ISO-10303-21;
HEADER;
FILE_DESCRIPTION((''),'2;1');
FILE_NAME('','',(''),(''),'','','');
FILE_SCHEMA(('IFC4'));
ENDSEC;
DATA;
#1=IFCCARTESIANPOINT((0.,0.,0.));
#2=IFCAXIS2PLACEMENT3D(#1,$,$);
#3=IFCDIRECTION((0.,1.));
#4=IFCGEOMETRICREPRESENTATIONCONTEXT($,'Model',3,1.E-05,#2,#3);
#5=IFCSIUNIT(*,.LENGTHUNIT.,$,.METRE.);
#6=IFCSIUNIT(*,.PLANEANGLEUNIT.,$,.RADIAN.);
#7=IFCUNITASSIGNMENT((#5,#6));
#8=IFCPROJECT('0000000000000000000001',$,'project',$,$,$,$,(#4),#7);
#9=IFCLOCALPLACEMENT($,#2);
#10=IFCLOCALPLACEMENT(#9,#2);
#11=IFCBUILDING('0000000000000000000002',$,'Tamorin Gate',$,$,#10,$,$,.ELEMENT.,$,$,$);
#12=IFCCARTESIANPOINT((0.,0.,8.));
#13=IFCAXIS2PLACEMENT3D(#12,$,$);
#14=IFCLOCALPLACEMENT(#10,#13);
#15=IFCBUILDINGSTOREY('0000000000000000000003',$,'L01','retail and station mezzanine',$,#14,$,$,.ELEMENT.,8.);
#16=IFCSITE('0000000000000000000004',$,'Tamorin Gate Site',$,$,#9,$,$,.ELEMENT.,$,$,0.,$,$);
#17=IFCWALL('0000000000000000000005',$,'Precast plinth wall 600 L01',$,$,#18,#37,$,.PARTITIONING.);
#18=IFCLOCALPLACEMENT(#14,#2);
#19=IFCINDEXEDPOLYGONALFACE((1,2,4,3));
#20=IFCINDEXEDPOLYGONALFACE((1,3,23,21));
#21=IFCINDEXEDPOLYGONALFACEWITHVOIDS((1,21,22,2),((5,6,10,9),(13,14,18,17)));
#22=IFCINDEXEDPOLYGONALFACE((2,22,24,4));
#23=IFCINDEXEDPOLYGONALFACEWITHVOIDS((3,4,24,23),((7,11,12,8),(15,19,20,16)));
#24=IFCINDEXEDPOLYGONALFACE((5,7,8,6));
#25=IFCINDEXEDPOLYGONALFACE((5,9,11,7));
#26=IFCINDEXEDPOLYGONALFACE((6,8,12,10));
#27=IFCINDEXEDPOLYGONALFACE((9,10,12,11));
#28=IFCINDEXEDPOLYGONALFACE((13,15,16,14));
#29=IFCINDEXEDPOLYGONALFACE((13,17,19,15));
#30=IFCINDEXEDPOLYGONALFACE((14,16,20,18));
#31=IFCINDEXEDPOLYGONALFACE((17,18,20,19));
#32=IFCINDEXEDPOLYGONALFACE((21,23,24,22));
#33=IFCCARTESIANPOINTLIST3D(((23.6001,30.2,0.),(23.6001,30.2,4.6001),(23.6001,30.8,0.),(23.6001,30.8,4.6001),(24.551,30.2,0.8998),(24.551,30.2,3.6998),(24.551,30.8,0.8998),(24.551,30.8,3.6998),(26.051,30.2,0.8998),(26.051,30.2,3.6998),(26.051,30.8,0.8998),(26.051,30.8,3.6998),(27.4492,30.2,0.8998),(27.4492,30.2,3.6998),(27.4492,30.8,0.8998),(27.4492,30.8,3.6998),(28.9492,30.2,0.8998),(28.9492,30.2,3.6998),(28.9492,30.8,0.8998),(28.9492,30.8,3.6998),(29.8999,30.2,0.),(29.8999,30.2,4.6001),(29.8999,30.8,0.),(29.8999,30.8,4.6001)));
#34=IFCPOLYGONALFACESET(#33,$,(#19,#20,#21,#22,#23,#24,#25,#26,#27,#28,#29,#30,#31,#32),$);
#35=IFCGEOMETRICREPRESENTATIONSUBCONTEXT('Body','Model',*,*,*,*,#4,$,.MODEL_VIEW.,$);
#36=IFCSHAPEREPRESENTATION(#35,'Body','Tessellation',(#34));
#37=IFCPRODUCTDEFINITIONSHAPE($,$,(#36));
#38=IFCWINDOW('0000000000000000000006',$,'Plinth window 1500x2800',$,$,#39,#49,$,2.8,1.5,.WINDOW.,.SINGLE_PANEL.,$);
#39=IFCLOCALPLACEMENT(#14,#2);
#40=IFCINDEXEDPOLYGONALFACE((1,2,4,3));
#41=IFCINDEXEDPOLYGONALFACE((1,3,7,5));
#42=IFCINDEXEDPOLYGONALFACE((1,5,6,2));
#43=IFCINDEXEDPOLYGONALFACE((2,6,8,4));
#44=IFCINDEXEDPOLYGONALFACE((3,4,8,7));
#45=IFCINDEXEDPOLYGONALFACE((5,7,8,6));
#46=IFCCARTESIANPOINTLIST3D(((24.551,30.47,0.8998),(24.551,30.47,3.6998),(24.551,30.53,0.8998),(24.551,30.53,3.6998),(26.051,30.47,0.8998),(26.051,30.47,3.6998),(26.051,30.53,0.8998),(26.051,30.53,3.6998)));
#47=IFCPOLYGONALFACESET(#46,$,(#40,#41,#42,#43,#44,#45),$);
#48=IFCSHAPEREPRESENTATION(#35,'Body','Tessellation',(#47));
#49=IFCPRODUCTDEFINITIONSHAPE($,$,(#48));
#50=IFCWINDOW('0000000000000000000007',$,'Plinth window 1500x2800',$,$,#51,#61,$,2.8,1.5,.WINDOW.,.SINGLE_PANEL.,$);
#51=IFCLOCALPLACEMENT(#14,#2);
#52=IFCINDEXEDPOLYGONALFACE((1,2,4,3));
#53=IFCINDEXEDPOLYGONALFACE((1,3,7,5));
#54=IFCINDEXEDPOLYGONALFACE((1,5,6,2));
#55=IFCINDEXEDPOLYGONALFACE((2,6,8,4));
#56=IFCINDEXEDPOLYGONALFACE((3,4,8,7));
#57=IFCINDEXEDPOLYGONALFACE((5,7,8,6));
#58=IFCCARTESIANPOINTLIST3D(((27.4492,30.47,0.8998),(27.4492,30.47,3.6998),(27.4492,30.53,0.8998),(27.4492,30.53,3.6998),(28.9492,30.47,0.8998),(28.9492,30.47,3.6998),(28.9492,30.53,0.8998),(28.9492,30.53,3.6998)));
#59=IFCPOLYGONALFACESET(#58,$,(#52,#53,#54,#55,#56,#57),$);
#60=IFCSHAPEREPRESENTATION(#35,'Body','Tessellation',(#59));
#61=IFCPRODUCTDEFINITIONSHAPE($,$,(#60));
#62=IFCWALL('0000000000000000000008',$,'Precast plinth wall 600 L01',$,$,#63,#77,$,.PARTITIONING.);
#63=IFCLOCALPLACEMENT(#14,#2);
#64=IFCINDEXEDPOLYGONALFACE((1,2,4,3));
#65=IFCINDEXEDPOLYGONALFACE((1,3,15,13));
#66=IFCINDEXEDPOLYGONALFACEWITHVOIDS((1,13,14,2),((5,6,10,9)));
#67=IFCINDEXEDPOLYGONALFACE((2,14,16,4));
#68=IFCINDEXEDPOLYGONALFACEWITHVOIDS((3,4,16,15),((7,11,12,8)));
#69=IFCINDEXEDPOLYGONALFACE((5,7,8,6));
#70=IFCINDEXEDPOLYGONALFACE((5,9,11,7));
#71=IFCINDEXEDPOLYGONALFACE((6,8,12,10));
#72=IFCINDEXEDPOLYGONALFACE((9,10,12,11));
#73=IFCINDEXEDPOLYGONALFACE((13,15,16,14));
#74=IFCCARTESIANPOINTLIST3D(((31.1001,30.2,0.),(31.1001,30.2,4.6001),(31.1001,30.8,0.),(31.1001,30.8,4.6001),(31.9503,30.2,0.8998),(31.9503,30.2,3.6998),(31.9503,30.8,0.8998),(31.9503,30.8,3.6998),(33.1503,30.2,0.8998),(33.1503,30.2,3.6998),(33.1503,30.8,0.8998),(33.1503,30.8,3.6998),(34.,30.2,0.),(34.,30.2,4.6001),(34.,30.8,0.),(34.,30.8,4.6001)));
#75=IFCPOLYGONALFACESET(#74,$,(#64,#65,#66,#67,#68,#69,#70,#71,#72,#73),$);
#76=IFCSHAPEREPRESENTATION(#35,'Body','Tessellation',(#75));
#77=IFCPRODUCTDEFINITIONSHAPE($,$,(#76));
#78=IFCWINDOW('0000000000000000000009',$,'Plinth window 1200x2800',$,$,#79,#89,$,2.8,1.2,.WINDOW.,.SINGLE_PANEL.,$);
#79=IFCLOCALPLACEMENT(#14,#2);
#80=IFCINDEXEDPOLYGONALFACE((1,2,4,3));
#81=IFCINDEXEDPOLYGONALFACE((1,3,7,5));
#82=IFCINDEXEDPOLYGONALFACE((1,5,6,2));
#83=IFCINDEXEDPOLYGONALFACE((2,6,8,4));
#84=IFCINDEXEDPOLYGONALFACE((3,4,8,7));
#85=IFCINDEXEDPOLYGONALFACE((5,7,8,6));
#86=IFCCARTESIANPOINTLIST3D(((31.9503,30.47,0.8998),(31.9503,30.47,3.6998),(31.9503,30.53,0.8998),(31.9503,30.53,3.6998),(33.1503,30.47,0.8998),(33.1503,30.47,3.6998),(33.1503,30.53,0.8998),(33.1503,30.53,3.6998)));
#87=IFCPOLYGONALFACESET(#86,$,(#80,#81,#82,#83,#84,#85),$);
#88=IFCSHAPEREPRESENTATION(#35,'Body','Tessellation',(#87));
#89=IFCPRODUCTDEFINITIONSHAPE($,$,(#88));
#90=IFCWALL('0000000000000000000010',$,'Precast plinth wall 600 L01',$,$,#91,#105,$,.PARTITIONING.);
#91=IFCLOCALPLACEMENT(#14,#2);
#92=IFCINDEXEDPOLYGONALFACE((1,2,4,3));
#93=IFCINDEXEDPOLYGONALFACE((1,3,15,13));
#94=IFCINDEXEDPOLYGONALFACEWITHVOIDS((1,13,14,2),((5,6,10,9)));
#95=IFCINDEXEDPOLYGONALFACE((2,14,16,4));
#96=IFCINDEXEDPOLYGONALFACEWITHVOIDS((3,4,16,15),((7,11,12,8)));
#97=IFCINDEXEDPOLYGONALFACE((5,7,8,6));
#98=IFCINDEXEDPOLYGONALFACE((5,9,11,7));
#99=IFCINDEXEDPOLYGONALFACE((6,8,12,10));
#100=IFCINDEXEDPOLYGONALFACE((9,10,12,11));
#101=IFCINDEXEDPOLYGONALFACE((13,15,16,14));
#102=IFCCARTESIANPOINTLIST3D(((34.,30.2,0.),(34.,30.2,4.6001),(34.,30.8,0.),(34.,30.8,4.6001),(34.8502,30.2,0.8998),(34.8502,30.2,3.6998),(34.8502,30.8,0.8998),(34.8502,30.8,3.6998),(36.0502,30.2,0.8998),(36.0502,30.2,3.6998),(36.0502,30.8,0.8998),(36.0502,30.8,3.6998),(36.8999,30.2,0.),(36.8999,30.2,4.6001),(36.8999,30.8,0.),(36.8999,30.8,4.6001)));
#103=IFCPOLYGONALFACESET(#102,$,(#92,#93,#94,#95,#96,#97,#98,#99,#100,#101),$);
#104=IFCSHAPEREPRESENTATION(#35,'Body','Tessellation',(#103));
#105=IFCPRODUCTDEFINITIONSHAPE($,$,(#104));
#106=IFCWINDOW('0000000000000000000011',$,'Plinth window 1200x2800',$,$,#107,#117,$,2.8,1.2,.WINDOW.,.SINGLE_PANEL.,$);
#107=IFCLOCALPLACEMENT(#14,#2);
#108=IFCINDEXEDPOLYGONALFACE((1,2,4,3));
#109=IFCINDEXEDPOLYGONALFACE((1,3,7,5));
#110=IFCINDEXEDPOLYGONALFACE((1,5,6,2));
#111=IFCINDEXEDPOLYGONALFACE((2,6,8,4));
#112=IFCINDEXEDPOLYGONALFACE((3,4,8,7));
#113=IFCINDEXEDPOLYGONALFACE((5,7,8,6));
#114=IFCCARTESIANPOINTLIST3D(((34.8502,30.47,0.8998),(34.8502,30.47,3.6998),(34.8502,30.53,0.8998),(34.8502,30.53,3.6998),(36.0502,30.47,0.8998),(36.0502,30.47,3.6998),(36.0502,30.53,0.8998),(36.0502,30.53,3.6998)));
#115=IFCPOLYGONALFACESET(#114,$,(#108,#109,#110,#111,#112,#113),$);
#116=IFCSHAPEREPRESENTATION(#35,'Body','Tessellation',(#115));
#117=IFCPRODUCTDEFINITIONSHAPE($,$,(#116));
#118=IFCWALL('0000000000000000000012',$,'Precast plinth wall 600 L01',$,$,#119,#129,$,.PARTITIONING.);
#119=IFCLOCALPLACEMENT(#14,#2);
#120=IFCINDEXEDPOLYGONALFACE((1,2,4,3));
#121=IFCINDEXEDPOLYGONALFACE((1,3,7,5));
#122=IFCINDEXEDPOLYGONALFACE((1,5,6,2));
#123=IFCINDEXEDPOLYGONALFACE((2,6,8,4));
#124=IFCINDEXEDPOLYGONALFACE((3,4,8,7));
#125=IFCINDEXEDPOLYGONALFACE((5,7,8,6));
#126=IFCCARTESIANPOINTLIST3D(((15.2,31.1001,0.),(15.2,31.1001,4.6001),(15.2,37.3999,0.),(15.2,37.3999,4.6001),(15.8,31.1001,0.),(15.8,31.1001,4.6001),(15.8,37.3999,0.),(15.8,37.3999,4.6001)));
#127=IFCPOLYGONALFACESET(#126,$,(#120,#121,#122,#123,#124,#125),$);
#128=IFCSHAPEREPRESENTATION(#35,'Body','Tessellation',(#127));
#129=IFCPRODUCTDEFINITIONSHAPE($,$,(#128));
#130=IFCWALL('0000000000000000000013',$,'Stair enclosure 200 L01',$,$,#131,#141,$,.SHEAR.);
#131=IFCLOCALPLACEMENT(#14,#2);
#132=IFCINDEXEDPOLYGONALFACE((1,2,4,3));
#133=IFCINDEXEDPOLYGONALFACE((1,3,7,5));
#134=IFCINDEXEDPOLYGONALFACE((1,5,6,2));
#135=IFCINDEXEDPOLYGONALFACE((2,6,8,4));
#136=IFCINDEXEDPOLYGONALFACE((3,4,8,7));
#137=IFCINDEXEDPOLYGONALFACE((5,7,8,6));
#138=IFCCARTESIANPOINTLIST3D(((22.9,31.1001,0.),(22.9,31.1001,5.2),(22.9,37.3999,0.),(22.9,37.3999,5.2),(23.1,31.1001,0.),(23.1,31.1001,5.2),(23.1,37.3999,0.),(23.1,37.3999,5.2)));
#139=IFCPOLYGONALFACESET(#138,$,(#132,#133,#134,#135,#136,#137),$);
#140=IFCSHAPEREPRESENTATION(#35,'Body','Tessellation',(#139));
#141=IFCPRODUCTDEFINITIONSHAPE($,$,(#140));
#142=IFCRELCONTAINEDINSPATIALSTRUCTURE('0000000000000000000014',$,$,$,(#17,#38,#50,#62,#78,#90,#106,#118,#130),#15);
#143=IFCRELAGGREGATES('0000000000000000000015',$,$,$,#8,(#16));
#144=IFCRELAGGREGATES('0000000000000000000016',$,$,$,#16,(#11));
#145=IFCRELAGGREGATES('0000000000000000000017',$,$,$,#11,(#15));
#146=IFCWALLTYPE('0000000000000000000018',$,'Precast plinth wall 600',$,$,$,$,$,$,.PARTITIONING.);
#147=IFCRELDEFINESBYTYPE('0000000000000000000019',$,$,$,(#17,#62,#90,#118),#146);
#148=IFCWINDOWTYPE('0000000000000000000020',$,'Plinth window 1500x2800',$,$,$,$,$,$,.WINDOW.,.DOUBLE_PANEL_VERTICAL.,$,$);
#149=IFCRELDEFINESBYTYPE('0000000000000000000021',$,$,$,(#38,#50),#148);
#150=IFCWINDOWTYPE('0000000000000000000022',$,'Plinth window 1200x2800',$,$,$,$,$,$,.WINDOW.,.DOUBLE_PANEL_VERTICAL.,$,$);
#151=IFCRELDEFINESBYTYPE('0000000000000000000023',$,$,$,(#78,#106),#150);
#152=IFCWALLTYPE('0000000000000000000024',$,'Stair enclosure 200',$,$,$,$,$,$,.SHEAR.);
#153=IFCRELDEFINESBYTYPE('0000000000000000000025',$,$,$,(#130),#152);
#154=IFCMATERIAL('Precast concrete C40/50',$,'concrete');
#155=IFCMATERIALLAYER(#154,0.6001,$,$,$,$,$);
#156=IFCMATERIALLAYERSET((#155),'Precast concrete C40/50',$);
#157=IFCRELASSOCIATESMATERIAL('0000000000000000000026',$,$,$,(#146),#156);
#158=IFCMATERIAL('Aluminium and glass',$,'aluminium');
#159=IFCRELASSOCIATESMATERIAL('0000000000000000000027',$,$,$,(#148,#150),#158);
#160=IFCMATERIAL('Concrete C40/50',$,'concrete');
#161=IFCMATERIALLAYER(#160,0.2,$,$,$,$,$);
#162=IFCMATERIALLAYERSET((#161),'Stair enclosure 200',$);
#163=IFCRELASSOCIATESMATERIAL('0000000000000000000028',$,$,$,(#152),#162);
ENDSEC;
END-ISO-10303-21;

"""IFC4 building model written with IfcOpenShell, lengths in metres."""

from ifc_helpers import new_model, si_unit, direction, frame, frame_2d, origin, place, context, subcontext, project, spatial, rectangle, extrude, material, layer, layer_set, type_object, element, fill, save


model = new_model("IFC4")

# Units and contexts
model_context = context("Model", 3, precision=1e-05, world=origin(), true_north=direction((0.0, 1.0)))
body_context = subcontext(model_context, "Body", "Model", "MODEL_VIEW")
ifc_project = project(units=[si_unit("LENGTHUNIT", "METRE"), si_unit("PLANEANGLEUNIT", "RADIAN")], contexts=[model_context])

# Site, building, storey
site_placement = place(None, origin())
site = spatial("IfcSite", under=ifc_project, at=site_placement, Name="Tamorin Gate Site", CompositionType="ELEMENT", RefElevation=0.0)
building_placement = place(site_placement, origin())
building = spatial("IfcBuilding", under=site, at=building_placement, Name="Tamorin Gate", CompositionType="ELEMENT")
storey_placement = place(building_placement, frame((0.0, 0.0, 8.0)))
storey = spatial("IfcBuildingStorey", under=building, at=storey_placement, Name="L01", Description="retail and station mezzanine", CompositionType="ELEMENT", Elevation=8.0)

# Shared definitions
ifc_material_1 = material(Name="Concrete C40/50", Category="concrete")

# Shared definitions
ifc_material_2 = material(Name="Precast concrete C40/50", Category="concrete")
ifc_layer_1 = layer(ifc_material_2, 0.6001)
ifc_layer_set_1 = layer_set([ifc_layer_1], Name="Precast concrete C40/50")
wall_type_1 = type_object("IfcWallType", Name="Precast plinth wall 600", PredefinedType="PARTITIONING", material=ifc_layer_set_1)

# Wall, openings, windows
wall_1_placement = place(storey_placement, frame((23.6001, 30.5, 0.0), z_axis=(0.0, 0.0, 1.0), x_axis=(1.0, 0.0, 0.0)))
wall_1 = element("IfcWall", 1, at=wall_1_placement, inside=storey, type_object=wall_type_1, Name="Precast plinth wall 600 L01", PredefinedType="PARTITIONING", context=body_context, shape_type="SweptSolid", body=[
    extrude(rectangle(XDim=6.2998, YDim=0.6001, at=frame_2d((3.1499, 0.0))), origin(), (0.0, 0.0, 1.0), 4.6001),
])
opening_1_placement = place(wall_1_placement, frame((0.9509, 0.0, 0.8999)))
opening_1 = element("IfcOpeningElement", 2, at=opening_1_placement, cuts=wall_1, PredefinedType="OPENING", context=body_context, shape_type="SweptSolid", body=[
    extrude(rectangle(XDim=1.5, YDim=2.8, at=frame_2d((0.75, 1.3999))), frame((0.0, 0.3101, 0.0), z_axis=(0.0, -1.0, 0.0), x_axis=(1.0, 0.0, 0.0)), (0.0, 0.0, 1.0), 0.6201),
])
opening_2_placement = place(wall_1_placement, frame((3.8491, 0.0, 0.8999)))
opening_2 = element("IfcOpeningElement", 3, at=opening_2_placement, cuts=wall_1, PredefinedType="OPENING", context=body_context, shape_type="SweptSolid", body=[
    extrude(rectangle(XDim=1.5, YDim=2.8, at=frame_2d((0.75, 1.3999))), frame((0.0, 0.3101, 0.0), z_axis=(0.0, -1.0, 0.0), x_axis=(1.0, 0.0, 0.0)), (0.0, 0.0, 1.0), 0.6201),
])
ifc_material_3 = material(Name="Aluminium and glass", Category="aluminium")
window_type_1 = type_object("IfcWindowType", Name="Plinth window 1500x2800", PartitioningType="DOUBLE_PANEL_VERTICAL", PredefinedType="WINDOW", material=ifc_material_3)
window_1_placement = place(opening_1_placement, origin())
window_1 = element("IfcWindow", 4, at=window_1_placement, inside=storey, type_object=window_type_1, Name="Plinth window 1500x2800", OverallHeight=2.8, OverallWidth=1.5, PartitioningType="SINGLE_PANEL", PredefinedType="WINDOW", context=body_context, shape_type="SweptSolid", body=[
    extrude(rectangle(XDim=1.5, YDim=2.8, at=frame_2d((0.75, 1.3999))), frame((0.0, 0.03, 0.0), z_axis=(0.0, -1.0, 0.0), x_axis=(1.0, 0.0, 0.0)), (0.0, 0.0, 1.0), 0.0601),
])
fill(opening_1, window_1)
window_2_placement = place(opening_2_placement, origin())
window_2 = element("IfcWindow", 5, at=window_2_placement, inside=storey, type_object=window_type_1, Name="Plinth window 1500x2800", OverallHeight=2.8, OverallWidth=1.5, PartitioningType="SINGLE_PANEL", PredefinedType="WINDOW", context=body_context, shape_type="SweptSolid", body=[
    extrude(rectangle(XDim=1.5, YDim=2.8, at=frame_2d((0.75, 1.3999))), frame((0.0, 0.03, 0.0), z_axis=(0.0, -1.0, 0.0), x_axis=(1.0, 0.0, 0.0)), (0.0, 0.0, 1.0), 0.0601),
])
fill(opening_2, window_2)

# Walls, openings, windows
wall_2_placement = place(storey_placement, frame((31.1001, 30.5, 0.0), z_axis=(0.0, 0.0, 1.0), x_axis=(1.0, 0.0, 0.0)))
wall_2 = element("IfcWall", 6, at=wall_2_placement, inside=storey, type_object=wall_type_1, Name="Precast plinth wall 600 L01", PredefinedType="PARTITIONING", context=body_context, shape_type="SweptSolid", body=[
    extrude(rectangle(XDim=2.8999, YDim=0.6001, at=frame_2d((1.45, 0.0))), origin(), (0.0, 0.0, 1.0), 4.6001),
])
opening_3_placement = place(wall_2_placement, frame((0.8501, 0.0, 0.8999)))
opening_3 = element("IfcOpeningElement", 7, at=opening_3_placement, cuts=wall_2, PredefinedType="OPENING", context=body_context, shape_type="SweptSolid", body=[
    extrude(rectangle(XDim=1.2, YDim=2.8, at=frame_2d((0.6001, 1.3999))), frame((0.0, 0.3101, 0.0), z_axis=(0.0, -1.0, 0.0), x_axis=(1.0, 0.0, 0.0)), (0.0, 0.0, 1.0), 0.6201),
])
window_type_2 = type_object("IfcWindowType", Name="Plinth window 1200x2800", PartitioningType="DOUBLE_PANEL_VERTICAL", PredefinedType="WINDOW", material=ifc_material_3)
window_3_placement = place(opening_3_placement, origin())
window_3 = element("IfcWindow", 8, at=window_3_placement, inside=storey, type_object=window_type_2, Name="Plinth window 1200x2800", OverallHeight=2.8, OverallWidth=1.2, PartitioningType="SINGLE_PANEL", PredefinedType="WINDOW", context=body_context, shape_type="SweptSolid", body=[
    extrude(rectangle(XDim=1.2, YDim=2.8, at=frame_2d((0.6001, 1.3999))), frame((0.0, 0.03, 0.0), z_axis=(0.0, -1.0, 0.0), x_axis=(1.0, 0.0, 0.0)), (0.0, 0.0, 1.0), 0.0601),
])
fill(opening_3, window_3)
wall_3_placement = place(storey_placement, frame((34.0, 30.5, 0.0), z_axis=(0.0, 0.0, 1.0), x_axis=(1.0, 0.0, 0.0)))
wall_3 = element("IfcWall", 9, at=wall_3_placement, inside=storey, type_object=wall_type_1, Name="Precast plinth wall 600 L01", PredefinedType="PARTITIONING", context=body_context, shape_type="SweptSolid", body=[
    extrude(rectangle(XDim=2.8999, YDim=0.6001, at=frame_2d((1.45, 0.0))), origin(), (0.0, 0.0, 1.0), 4.6001),
])
opening_4_placement = place(wall_3_placement, frame((0.8501, 0.0, 0.8999)))
opening_4 = element("IfcOpeningElement", 10, at=opening_4_placement, cuts=wall_3, PredefinedType="OPENING", context=body_context, shape_type="SweptSolid", body=[
    extrude(rectangle(XDim=1.2, YDim=2.8, at=frame_2d((0.6001, 1.3999))), frame((0.0, 0.3101, 0.0), z_axis=(0.0, -1.0, 0.0), x_axis=(1.0, 0.0, 0.0)), (0.0, 0.0, 1.0), 0.6201),
])
window_4_placement = place(opening_4_placement, origin())
window_4 = element("IfcWindow", 11, at=window_4_placement, inside=storey, type_object=window_type_2, Name="Plinth window 1200x2800", OverallHeight=2.8, OverallWidth=1.2, PartitioningType="SINGLE_PANEL", PredefinedType="WINDOW", context=body_context, shape_type="SweptSolid", body=[
    extrude(rectangle(XDim=1.2, YDim=2.8, at=frame_2d((0.6001, 1.3999))), frame((0.0, 0.03, 0.0), z_axis=(0.0, -1.0, 0.0), x_axis=(1.0, 0.0, 0.0)), (0.0, 0.0, 1.0), 0.0601),
])
fill(opening_4, window_4)

# Walls
wall_4_placement = place(storey_placement, frame((15.5, 31.1001, 0.0), z_axis=(0.0, 0.0, 1.0), x_axis=(0.0, 1.0, 0.0)))
element("IfcWall", 12, at=wall_4_placement, inside=storey, type_object=wall_type_1, Name="Precast plinth wall 600 L01", PredefinedType="PARTITIONING", context=body_context, shape_type="SweptSolid", body=[
    extrude(rectangle(XDim=6.2998, YDim=0.6001, at=frame_2d((3.1499, 0.0))), origin(), (0.0, 0.0, 1.0), 4.6001),
])
ifc_layer_2 = layer(ifc_material_1, 0.2)
ifc_layer_set_2 = layer_set([ifc_layer_2], Name="Stair enclosure 200")
wall_type_2 = type_object("IfcWallType", Name="Stair enclosure 200", PredefinedType="SHEAR", material=ifc_layer_set_2)
wall_5_placement = place(storey_placement, frame((23.0, 31.1001, 0.0), z_axis=(0.0, 0.0, 1.0), x_axis=(0.0, 1.0, 0.0)))
element("IfcWall", 13, at=wall_5_placement, inside=storey, type_object=wall_type_2, Name="Stair enclosure 200 L01", PredefinedType="SHEAR", context=body_context, shape_type="SweptSolid", body=[
    extrude(rectangle(XDim=6.2998, YDim=0.2, at=frame_2d((3.1499, 0.0))), origin(), (0.0, 0.0, 1.0), 5.2),
])

save(model, "model.ifc")
